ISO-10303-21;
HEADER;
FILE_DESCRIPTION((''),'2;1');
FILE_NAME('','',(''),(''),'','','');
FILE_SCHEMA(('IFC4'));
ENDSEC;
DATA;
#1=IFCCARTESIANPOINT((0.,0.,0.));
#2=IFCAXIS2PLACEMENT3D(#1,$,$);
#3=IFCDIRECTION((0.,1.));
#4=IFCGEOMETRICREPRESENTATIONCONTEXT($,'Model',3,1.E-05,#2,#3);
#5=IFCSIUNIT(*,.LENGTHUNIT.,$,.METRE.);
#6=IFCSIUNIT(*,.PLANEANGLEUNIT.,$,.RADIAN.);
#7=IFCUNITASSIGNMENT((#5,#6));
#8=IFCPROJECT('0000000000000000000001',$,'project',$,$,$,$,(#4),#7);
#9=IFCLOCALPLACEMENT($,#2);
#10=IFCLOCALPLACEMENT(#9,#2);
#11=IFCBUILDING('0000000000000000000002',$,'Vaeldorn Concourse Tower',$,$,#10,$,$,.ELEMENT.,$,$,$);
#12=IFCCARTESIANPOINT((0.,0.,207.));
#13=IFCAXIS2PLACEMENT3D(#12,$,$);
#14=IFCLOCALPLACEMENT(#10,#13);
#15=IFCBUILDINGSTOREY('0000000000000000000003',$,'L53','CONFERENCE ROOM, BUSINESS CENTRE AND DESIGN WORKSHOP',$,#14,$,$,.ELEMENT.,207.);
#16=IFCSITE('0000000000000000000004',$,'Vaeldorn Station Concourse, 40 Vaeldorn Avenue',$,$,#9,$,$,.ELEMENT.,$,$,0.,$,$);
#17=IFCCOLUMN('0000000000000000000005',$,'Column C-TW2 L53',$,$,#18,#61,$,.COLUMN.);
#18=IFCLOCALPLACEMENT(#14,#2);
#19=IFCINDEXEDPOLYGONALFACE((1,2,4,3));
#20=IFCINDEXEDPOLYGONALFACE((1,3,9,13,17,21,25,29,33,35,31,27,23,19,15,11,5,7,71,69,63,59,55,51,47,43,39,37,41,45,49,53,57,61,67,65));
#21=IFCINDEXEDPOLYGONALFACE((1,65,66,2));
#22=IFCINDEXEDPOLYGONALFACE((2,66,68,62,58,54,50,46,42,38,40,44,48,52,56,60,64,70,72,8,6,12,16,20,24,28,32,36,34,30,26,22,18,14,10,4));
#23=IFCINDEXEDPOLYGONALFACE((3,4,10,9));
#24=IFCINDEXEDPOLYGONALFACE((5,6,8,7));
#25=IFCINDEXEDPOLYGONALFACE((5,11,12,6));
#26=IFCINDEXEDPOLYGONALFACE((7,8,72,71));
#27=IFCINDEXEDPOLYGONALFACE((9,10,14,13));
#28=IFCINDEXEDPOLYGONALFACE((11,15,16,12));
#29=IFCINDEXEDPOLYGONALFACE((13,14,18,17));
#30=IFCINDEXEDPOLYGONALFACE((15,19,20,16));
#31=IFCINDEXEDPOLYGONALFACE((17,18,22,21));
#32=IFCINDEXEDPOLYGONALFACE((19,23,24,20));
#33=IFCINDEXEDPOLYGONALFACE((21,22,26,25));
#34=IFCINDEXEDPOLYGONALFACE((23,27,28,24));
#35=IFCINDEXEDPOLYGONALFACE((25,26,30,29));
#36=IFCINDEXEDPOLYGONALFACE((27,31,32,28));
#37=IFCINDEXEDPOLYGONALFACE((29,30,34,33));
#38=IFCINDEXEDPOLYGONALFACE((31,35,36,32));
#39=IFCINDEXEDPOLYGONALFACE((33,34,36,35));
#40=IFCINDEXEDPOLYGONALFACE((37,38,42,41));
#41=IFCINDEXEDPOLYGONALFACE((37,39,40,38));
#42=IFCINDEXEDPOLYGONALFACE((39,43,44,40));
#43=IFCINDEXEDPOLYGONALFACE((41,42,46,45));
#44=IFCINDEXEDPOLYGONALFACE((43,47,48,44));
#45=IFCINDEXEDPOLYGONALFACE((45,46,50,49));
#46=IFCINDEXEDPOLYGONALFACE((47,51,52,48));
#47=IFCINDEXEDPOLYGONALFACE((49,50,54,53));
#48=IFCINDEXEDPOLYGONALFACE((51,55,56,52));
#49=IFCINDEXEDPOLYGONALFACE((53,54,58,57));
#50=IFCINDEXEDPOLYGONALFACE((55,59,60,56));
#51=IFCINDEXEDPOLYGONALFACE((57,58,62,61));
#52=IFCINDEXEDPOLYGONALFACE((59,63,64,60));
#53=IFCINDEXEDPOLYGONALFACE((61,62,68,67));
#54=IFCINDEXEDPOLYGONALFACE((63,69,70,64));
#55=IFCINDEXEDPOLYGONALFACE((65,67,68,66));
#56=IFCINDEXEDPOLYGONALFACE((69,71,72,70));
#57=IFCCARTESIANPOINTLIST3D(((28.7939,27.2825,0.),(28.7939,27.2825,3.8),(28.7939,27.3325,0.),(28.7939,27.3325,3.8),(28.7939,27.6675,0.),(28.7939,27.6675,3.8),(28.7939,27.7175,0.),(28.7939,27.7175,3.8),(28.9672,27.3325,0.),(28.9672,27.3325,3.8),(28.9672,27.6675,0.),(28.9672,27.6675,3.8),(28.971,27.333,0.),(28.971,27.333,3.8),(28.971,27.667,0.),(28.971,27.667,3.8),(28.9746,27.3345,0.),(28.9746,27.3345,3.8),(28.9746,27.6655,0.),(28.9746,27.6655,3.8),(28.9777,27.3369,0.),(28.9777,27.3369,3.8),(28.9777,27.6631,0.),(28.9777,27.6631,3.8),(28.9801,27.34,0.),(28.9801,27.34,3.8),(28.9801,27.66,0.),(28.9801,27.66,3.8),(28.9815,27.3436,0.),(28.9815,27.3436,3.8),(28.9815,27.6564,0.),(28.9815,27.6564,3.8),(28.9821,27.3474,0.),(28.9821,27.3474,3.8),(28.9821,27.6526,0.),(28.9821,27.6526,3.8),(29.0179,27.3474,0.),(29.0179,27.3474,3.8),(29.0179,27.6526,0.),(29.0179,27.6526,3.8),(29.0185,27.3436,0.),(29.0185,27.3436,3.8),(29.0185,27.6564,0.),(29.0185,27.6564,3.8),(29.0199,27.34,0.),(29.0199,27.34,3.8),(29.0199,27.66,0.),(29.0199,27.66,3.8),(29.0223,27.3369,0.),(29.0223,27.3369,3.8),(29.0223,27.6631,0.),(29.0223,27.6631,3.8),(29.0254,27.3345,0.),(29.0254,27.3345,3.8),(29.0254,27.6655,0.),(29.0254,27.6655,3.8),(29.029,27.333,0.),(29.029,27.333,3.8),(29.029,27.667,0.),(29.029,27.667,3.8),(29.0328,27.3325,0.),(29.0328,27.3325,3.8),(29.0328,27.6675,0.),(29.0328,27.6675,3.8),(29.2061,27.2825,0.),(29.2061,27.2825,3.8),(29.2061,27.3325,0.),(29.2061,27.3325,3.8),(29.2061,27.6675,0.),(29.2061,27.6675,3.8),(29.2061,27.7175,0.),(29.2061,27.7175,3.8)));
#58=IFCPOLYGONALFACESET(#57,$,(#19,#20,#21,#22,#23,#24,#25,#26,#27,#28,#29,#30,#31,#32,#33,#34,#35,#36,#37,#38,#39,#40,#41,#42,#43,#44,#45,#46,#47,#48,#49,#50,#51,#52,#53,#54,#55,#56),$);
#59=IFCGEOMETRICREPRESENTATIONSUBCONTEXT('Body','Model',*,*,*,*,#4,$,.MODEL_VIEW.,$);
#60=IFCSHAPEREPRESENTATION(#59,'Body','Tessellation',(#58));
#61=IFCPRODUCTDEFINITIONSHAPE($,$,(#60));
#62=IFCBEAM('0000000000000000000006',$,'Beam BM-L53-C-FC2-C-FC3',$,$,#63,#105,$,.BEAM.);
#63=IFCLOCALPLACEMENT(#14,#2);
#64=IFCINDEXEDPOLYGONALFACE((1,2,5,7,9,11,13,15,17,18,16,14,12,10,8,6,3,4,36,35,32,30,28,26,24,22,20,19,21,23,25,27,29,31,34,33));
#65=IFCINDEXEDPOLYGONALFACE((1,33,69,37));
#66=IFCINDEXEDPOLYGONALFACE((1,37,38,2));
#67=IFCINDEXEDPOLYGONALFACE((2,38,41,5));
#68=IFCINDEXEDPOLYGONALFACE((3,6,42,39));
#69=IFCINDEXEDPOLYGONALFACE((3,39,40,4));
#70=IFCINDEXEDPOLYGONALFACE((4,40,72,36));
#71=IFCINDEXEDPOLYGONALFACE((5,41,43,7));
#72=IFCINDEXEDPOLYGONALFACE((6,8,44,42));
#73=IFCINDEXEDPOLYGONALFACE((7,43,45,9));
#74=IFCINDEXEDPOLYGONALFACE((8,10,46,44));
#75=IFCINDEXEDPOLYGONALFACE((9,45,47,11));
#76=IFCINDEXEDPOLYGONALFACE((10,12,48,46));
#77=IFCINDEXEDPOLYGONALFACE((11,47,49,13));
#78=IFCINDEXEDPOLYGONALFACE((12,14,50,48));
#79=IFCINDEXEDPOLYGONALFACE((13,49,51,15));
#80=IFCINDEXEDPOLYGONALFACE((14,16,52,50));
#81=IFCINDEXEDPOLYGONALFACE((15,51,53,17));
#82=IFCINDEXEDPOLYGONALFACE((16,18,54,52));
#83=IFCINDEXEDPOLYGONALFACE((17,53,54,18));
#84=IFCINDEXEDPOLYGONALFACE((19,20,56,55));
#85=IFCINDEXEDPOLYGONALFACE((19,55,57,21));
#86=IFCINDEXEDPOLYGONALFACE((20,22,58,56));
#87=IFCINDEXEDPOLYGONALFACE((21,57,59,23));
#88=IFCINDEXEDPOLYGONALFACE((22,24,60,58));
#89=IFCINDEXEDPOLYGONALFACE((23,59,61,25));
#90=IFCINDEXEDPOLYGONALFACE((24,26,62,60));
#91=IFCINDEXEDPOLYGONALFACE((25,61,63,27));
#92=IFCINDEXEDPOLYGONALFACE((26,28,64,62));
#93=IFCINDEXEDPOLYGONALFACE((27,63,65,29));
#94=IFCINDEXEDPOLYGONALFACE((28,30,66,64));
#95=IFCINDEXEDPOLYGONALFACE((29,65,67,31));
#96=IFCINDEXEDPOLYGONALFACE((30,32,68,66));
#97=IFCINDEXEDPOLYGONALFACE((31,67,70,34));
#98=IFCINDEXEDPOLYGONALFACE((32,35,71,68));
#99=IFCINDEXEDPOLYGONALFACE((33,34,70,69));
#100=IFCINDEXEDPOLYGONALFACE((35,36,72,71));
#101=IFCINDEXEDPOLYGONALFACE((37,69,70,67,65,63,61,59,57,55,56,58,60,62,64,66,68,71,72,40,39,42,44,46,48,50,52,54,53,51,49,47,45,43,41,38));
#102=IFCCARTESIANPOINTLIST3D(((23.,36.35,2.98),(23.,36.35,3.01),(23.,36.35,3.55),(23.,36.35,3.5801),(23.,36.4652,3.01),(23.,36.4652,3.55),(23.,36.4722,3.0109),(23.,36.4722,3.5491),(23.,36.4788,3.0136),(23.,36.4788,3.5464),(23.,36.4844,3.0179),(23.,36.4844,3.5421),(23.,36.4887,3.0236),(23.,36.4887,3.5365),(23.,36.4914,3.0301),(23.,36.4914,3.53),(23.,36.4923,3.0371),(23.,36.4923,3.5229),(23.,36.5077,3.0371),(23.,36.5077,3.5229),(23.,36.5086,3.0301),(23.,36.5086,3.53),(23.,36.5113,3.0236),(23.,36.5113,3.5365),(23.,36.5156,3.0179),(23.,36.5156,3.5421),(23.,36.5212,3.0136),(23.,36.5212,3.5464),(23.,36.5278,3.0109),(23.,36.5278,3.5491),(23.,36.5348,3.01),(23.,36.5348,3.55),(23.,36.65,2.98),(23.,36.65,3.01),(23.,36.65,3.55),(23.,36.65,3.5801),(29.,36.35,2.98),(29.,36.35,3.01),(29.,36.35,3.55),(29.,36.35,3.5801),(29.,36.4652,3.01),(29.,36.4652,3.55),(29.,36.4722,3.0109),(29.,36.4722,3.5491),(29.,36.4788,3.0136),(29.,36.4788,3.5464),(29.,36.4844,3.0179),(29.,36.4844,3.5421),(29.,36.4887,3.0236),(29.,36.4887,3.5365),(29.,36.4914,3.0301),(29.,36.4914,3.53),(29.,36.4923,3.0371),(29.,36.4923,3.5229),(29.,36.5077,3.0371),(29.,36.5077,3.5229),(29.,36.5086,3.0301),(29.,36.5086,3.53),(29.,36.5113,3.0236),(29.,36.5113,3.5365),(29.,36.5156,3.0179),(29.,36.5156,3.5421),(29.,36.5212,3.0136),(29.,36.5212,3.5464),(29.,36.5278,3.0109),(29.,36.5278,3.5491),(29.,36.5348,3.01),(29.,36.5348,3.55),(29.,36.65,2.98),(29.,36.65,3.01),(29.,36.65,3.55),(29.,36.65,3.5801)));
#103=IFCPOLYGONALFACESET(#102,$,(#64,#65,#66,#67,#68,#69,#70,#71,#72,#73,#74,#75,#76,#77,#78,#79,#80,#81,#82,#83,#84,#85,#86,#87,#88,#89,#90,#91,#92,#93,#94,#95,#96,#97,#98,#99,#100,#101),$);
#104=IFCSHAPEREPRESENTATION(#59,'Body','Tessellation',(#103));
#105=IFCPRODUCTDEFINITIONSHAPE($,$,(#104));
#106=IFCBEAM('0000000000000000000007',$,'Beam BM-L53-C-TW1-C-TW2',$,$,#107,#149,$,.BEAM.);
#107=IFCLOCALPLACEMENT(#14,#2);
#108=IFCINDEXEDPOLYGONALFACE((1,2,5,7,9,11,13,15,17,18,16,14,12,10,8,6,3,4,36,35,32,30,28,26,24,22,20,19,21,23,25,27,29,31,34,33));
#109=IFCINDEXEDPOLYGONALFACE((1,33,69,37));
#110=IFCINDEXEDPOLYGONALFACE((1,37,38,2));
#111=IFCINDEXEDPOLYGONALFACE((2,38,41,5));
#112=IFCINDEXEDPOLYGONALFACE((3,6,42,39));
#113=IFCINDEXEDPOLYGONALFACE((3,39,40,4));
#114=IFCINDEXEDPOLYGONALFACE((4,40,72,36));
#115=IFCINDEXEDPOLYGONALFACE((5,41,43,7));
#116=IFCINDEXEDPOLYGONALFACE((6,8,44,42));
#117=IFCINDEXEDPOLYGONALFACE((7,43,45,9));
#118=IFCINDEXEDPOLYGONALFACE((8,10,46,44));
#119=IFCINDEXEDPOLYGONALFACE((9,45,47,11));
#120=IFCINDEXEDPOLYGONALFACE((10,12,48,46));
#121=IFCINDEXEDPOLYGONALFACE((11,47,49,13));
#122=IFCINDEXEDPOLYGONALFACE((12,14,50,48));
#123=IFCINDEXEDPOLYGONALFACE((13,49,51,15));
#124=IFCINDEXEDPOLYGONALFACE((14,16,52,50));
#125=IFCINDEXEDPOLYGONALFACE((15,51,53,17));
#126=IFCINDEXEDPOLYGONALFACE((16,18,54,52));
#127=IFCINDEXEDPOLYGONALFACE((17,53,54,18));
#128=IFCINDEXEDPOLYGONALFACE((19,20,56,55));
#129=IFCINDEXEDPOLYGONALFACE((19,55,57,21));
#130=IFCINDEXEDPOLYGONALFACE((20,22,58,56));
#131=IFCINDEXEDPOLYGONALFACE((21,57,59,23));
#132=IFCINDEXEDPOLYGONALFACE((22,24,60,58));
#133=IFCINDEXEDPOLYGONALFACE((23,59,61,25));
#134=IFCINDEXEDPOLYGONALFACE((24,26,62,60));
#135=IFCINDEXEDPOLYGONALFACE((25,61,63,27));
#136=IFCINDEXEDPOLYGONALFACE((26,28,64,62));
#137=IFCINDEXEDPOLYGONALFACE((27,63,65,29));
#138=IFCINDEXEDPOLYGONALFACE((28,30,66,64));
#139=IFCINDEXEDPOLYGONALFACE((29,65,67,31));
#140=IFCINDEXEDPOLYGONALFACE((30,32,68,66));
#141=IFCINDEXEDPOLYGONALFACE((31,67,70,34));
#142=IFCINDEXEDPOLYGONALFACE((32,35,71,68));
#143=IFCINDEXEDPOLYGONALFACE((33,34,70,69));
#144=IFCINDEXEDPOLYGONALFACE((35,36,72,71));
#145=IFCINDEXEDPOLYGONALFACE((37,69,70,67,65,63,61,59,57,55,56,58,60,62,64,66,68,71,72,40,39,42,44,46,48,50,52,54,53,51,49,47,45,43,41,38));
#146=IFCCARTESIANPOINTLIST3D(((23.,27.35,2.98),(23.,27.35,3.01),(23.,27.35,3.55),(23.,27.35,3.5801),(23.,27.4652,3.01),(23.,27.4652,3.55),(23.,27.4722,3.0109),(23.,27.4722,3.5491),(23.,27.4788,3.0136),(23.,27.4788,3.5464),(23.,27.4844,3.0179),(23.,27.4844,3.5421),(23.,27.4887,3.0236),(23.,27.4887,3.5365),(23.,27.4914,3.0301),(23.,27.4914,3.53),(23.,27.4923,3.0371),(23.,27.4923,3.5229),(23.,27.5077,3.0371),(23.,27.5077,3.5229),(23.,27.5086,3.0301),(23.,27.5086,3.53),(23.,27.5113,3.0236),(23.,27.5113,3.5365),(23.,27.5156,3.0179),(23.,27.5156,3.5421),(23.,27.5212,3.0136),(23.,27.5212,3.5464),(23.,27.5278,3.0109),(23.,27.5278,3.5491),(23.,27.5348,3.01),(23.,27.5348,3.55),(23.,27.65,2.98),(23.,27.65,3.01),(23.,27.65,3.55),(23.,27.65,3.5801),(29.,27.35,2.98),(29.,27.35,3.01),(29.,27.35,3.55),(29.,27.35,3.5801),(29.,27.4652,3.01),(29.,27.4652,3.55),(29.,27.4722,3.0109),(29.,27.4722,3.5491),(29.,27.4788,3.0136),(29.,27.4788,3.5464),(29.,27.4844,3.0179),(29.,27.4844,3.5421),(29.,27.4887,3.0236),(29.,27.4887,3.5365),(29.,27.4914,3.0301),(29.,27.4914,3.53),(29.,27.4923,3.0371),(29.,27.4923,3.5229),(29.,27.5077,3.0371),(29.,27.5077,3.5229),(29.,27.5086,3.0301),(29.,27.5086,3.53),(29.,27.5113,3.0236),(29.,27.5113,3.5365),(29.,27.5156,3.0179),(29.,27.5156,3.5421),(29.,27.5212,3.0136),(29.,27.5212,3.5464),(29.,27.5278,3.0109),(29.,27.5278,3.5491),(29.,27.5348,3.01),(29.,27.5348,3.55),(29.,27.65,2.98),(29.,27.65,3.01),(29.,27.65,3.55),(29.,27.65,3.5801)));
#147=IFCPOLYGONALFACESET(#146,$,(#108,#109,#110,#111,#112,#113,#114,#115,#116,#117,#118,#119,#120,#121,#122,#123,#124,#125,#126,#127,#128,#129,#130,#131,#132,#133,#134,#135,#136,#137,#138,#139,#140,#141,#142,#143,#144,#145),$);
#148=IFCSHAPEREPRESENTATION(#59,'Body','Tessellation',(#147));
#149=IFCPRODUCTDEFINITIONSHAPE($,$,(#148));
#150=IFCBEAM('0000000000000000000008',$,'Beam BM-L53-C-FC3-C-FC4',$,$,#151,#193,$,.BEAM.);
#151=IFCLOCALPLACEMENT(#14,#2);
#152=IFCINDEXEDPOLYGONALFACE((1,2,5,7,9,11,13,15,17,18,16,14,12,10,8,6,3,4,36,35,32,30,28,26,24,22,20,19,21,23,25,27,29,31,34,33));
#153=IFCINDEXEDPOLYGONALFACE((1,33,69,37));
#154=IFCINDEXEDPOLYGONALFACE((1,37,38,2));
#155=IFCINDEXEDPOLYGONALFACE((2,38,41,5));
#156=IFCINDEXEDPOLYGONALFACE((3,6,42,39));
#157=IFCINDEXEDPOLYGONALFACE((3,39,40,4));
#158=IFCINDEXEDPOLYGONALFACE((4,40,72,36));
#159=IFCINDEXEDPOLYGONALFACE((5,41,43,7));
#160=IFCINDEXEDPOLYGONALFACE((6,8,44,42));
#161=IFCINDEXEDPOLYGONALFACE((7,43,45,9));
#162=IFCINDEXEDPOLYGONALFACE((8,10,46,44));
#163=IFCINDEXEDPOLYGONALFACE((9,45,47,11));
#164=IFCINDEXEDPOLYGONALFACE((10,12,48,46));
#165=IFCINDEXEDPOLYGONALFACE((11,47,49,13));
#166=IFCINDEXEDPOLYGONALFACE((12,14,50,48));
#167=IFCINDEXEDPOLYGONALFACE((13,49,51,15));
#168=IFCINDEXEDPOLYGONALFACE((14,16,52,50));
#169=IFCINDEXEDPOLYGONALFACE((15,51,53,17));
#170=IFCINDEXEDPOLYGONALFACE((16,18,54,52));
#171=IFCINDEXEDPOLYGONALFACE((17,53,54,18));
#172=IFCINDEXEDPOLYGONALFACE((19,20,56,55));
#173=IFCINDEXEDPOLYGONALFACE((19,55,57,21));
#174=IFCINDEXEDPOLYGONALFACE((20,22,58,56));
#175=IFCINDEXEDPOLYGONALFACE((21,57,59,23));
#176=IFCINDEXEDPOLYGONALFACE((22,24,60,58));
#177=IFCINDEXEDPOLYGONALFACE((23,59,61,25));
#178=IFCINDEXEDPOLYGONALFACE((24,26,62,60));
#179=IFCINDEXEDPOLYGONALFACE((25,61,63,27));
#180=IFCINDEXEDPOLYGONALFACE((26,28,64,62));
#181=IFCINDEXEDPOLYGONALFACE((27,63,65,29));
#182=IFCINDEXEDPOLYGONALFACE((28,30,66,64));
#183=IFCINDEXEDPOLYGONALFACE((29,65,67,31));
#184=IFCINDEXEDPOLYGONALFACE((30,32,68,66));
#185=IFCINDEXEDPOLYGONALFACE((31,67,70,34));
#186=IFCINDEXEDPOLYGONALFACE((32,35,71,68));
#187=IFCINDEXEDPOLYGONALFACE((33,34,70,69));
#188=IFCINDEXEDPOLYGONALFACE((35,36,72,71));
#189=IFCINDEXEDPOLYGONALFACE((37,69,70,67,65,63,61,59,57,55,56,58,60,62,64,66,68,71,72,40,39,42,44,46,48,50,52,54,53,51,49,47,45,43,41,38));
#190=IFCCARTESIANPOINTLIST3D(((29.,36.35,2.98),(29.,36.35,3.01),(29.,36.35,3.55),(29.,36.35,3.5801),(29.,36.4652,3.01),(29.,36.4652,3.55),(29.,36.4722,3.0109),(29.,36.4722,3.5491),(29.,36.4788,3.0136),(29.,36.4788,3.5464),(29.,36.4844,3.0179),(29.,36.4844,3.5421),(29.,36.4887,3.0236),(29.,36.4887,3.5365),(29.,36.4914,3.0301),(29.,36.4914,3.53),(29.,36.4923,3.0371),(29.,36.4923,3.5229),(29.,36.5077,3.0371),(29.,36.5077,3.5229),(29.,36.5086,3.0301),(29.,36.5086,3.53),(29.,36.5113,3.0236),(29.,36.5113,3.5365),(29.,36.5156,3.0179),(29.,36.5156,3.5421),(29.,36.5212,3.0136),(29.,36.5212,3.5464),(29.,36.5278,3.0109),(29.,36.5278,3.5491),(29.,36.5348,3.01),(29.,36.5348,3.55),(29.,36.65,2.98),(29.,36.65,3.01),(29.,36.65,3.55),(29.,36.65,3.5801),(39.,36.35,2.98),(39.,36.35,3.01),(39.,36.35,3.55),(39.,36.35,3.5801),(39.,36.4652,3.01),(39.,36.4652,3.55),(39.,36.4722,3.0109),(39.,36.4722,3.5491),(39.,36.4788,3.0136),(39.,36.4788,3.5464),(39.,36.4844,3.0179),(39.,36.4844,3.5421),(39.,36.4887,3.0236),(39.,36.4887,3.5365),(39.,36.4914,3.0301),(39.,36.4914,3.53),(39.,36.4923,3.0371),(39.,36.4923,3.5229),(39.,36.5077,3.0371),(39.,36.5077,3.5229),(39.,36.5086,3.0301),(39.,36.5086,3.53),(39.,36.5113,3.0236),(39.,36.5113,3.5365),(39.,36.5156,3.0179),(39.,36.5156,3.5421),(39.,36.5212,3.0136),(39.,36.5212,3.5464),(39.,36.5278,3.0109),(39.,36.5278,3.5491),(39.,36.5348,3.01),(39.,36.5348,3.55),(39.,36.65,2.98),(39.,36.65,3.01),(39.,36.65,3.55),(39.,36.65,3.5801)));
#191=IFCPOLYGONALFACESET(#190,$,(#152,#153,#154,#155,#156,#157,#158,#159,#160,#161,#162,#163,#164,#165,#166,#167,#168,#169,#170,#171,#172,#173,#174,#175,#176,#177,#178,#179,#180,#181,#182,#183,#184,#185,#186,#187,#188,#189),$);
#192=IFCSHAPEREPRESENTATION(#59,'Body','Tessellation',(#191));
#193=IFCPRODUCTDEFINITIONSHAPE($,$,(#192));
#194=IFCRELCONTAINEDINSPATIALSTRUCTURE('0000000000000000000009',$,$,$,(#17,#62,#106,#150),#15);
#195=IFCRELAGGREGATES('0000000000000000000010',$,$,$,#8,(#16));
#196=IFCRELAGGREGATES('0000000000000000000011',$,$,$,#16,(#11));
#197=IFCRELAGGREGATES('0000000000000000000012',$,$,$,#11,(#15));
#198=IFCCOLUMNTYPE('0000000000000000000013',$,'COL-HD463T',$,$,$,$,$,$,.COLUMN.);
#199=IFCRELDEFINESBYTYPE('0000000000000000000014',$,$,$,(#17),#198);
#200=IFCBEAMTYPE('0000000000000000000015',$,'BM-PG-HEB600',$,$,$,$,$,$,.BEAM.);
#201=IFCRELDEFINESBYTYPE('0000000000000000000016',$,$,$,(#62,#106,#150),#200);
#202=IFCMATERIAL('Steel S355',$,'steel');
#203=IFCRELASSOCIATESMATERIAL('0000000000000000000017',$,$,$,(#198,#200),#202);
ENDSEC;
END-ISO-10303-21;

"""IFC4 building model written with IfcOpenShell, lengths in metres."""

from ifc_helpers import new_model, si_unit, direction, frame, origin, origin_2d, place, context, subcontext, project, spatial, i_section, extrude, source, transform, mapped, material, material_profile, profile_set, type_object, element, save


model = new_model("IFC4")

# Units and contexts
model_context = context("Model", 3, precision=1e-05, world=origin(), true_north=direction((0.0, 1.0)))
body_context = subcontext(model_context, "Body", "Model", "MODEL_VIEW")
ifc_project = project(units=[si_unit("LENGTHUNIT", "METRE"), si_unit("PLANEANGLEUNIT", "RADIAN")], contexts=[model_context])

# Site, building, storey
site_placement = place(None, origin())
site = spatial("IfcSite", under=ifc_project, at=site_placement, Name="Vaeldorn Station Concourse, 40 Vaeldorn Avenue", CompositionType="ELEMENT", RefElevation=0.0)
building_placement = place(site_placement, origin())
building = spatial("IfcBuilding", under=site, at=building_placement, Name="Vaeldorn Concourse Tower", CompositionType="ELEMENT")
storey_placement = place(building_placement, frame((0.0, 0.0, 207.0)))
storey = spatial("IfcBuildingStorey", under=building, at=storey_placement, Name="L53", Description="CONFERENCE ROOM, BUSINESS CENTRE AND DESIGN WORKSHOP", CompositionType="ELEMENT", Elevation=207.0)

# Column
ifc_material_1 = material(Name="Steel S355", Category="steel")
ifc_material_profile_1 = material_profile(ifc_material_1, i_section(OverallWidth=0.4121, OverallDepth=0.4351, WebThickness=0.0359, FlangeThickness=0.05, FilletRadius=0.0149, at=origin_2d()), Name="HD 400x463")
ifc_profile_set_1 = profile_set([ifc_material_profile_1], Name="Steel S355")
column_type_1 = type_object("IfcColumnType", Name="COL-HD463T", PredefinedType="COLUMN", material=ifc_profile_set_1)
shared_shape_1 = source(origin(), body_context, "Body", "SweptSolid", [
    extrude(i_section(OverallWidth=0.4121, OverallDepth=0.4351, WebThickness=0.0359, FlangeThickness=0.05, FilletRadius=0.0149, at=origin_2d()), origin(), (0.0, 0.0, 1.0), 3.8),
])
column_1_placement = place(storey_placement, frame((29.0, 27.5, 0.0), z_axis=(0.0, 0.0, 1.0), x_axis=(1.0, 0.0, 0.0)))
element("IfcColumn", 1, at=column_1_placement, inside=storey, type_object=column_type_1, Name="Column C-TW2 L53", PredefinedType="COLUMN", context=body_context, shape_type="MappedRepresentation", body=[
    mapped(shared_shape_1, transform((0.0, 0.0, 0.0), scale=1.0)),
])

# Beams
ifc_material_profile_2 = material_profile(ifc_material_1, i_section(OverallWidth=0.3, OverallDepth=0.6001, WebThickness=0.0154, FlangeThickness=0.03, FilletRadius=0.0271, at=origin_2d()), Name="HEB 600")
ifc_profile_set_2 = profile_set([ifc_material_profile_2], Name="Steel S355")
beam_type_1 = type_object("IfcBeamType", Name="BM-PG-HEB600", PredefinedType="BEAM", material=ifc_profile_set_2)
shared_shape_2 = source(origin(), body_context, "Body", "SweptSolid", [
    extrude(i_section(OverallWidth=0.3, OverallDepth=0.6001, WebThickness=0.0154, FlangeThickness=0.03, FilletRadius=0.0271, at=origin_2d()), origin(), (0.0, 0.0, 1.0), 6.0),
])
for number, where, z_axis, x_axis, name in (
    (2, (23.0, 36.5, 3.28), (1.0, 0.0, 0.0), (0.0, 1.0, 0.0), "Beam BM-L53-C-FC2-C-FC3"),
    (3, (23.0, 27.5, 3.28), (1.0, 0.0, 0.0), (0.0, 1.0, 0.0), "Beam BM-L53-C-TW1-C-TW2"),
):
    element("IfcBeam", number, at=place(storey_placement, frame(where, z_axis=z_axis, x_axis=x_axis)), inside=storey, type_object=beam_type_1, Name=name, PredefinedType="BEAM", context=body_context, shape_type="MappedRepresentation", body=[
        mapped(shared_shape_2, transform((0.0, 0.0, 0.0), scale=1.0)),
    ])
shared_shape_3 = source(origin(), body_context, "Body", "SweptSolid", [
    extrude(i_section(OverallWidth=0.3, OverallDepth=0.6001, WebThickness=0.0154, FlangeThickness=0.03, FilletRadius=0.0271, at=origin_2d()), origin(), (0.0, 0.0, 1.0), 10.0),
])
for number, where, z_axis, x_axis, name in (
    (4, (29.0, 36.5, 3.28), (1.0, 0.0, 0.0), (0.0, 1.0, 0.0), "Beam BM-L53-C-FC3-C-FC4"),
):
    element("IfcBeam", number, at=place(storey_placement, frame(where, z_axis=z_axis, x_axis=x_axis)), inside=storey, type_object=beam_type_1, Name=name, PredefinedType="BEAM", context=body_context, shape_type="MappedRepresentation", body=[
        mapped(shared_shape_3, transform((0.0, 0.0, 0.0), scale=1.0)),
    ])

save(model, "model.ifc")
